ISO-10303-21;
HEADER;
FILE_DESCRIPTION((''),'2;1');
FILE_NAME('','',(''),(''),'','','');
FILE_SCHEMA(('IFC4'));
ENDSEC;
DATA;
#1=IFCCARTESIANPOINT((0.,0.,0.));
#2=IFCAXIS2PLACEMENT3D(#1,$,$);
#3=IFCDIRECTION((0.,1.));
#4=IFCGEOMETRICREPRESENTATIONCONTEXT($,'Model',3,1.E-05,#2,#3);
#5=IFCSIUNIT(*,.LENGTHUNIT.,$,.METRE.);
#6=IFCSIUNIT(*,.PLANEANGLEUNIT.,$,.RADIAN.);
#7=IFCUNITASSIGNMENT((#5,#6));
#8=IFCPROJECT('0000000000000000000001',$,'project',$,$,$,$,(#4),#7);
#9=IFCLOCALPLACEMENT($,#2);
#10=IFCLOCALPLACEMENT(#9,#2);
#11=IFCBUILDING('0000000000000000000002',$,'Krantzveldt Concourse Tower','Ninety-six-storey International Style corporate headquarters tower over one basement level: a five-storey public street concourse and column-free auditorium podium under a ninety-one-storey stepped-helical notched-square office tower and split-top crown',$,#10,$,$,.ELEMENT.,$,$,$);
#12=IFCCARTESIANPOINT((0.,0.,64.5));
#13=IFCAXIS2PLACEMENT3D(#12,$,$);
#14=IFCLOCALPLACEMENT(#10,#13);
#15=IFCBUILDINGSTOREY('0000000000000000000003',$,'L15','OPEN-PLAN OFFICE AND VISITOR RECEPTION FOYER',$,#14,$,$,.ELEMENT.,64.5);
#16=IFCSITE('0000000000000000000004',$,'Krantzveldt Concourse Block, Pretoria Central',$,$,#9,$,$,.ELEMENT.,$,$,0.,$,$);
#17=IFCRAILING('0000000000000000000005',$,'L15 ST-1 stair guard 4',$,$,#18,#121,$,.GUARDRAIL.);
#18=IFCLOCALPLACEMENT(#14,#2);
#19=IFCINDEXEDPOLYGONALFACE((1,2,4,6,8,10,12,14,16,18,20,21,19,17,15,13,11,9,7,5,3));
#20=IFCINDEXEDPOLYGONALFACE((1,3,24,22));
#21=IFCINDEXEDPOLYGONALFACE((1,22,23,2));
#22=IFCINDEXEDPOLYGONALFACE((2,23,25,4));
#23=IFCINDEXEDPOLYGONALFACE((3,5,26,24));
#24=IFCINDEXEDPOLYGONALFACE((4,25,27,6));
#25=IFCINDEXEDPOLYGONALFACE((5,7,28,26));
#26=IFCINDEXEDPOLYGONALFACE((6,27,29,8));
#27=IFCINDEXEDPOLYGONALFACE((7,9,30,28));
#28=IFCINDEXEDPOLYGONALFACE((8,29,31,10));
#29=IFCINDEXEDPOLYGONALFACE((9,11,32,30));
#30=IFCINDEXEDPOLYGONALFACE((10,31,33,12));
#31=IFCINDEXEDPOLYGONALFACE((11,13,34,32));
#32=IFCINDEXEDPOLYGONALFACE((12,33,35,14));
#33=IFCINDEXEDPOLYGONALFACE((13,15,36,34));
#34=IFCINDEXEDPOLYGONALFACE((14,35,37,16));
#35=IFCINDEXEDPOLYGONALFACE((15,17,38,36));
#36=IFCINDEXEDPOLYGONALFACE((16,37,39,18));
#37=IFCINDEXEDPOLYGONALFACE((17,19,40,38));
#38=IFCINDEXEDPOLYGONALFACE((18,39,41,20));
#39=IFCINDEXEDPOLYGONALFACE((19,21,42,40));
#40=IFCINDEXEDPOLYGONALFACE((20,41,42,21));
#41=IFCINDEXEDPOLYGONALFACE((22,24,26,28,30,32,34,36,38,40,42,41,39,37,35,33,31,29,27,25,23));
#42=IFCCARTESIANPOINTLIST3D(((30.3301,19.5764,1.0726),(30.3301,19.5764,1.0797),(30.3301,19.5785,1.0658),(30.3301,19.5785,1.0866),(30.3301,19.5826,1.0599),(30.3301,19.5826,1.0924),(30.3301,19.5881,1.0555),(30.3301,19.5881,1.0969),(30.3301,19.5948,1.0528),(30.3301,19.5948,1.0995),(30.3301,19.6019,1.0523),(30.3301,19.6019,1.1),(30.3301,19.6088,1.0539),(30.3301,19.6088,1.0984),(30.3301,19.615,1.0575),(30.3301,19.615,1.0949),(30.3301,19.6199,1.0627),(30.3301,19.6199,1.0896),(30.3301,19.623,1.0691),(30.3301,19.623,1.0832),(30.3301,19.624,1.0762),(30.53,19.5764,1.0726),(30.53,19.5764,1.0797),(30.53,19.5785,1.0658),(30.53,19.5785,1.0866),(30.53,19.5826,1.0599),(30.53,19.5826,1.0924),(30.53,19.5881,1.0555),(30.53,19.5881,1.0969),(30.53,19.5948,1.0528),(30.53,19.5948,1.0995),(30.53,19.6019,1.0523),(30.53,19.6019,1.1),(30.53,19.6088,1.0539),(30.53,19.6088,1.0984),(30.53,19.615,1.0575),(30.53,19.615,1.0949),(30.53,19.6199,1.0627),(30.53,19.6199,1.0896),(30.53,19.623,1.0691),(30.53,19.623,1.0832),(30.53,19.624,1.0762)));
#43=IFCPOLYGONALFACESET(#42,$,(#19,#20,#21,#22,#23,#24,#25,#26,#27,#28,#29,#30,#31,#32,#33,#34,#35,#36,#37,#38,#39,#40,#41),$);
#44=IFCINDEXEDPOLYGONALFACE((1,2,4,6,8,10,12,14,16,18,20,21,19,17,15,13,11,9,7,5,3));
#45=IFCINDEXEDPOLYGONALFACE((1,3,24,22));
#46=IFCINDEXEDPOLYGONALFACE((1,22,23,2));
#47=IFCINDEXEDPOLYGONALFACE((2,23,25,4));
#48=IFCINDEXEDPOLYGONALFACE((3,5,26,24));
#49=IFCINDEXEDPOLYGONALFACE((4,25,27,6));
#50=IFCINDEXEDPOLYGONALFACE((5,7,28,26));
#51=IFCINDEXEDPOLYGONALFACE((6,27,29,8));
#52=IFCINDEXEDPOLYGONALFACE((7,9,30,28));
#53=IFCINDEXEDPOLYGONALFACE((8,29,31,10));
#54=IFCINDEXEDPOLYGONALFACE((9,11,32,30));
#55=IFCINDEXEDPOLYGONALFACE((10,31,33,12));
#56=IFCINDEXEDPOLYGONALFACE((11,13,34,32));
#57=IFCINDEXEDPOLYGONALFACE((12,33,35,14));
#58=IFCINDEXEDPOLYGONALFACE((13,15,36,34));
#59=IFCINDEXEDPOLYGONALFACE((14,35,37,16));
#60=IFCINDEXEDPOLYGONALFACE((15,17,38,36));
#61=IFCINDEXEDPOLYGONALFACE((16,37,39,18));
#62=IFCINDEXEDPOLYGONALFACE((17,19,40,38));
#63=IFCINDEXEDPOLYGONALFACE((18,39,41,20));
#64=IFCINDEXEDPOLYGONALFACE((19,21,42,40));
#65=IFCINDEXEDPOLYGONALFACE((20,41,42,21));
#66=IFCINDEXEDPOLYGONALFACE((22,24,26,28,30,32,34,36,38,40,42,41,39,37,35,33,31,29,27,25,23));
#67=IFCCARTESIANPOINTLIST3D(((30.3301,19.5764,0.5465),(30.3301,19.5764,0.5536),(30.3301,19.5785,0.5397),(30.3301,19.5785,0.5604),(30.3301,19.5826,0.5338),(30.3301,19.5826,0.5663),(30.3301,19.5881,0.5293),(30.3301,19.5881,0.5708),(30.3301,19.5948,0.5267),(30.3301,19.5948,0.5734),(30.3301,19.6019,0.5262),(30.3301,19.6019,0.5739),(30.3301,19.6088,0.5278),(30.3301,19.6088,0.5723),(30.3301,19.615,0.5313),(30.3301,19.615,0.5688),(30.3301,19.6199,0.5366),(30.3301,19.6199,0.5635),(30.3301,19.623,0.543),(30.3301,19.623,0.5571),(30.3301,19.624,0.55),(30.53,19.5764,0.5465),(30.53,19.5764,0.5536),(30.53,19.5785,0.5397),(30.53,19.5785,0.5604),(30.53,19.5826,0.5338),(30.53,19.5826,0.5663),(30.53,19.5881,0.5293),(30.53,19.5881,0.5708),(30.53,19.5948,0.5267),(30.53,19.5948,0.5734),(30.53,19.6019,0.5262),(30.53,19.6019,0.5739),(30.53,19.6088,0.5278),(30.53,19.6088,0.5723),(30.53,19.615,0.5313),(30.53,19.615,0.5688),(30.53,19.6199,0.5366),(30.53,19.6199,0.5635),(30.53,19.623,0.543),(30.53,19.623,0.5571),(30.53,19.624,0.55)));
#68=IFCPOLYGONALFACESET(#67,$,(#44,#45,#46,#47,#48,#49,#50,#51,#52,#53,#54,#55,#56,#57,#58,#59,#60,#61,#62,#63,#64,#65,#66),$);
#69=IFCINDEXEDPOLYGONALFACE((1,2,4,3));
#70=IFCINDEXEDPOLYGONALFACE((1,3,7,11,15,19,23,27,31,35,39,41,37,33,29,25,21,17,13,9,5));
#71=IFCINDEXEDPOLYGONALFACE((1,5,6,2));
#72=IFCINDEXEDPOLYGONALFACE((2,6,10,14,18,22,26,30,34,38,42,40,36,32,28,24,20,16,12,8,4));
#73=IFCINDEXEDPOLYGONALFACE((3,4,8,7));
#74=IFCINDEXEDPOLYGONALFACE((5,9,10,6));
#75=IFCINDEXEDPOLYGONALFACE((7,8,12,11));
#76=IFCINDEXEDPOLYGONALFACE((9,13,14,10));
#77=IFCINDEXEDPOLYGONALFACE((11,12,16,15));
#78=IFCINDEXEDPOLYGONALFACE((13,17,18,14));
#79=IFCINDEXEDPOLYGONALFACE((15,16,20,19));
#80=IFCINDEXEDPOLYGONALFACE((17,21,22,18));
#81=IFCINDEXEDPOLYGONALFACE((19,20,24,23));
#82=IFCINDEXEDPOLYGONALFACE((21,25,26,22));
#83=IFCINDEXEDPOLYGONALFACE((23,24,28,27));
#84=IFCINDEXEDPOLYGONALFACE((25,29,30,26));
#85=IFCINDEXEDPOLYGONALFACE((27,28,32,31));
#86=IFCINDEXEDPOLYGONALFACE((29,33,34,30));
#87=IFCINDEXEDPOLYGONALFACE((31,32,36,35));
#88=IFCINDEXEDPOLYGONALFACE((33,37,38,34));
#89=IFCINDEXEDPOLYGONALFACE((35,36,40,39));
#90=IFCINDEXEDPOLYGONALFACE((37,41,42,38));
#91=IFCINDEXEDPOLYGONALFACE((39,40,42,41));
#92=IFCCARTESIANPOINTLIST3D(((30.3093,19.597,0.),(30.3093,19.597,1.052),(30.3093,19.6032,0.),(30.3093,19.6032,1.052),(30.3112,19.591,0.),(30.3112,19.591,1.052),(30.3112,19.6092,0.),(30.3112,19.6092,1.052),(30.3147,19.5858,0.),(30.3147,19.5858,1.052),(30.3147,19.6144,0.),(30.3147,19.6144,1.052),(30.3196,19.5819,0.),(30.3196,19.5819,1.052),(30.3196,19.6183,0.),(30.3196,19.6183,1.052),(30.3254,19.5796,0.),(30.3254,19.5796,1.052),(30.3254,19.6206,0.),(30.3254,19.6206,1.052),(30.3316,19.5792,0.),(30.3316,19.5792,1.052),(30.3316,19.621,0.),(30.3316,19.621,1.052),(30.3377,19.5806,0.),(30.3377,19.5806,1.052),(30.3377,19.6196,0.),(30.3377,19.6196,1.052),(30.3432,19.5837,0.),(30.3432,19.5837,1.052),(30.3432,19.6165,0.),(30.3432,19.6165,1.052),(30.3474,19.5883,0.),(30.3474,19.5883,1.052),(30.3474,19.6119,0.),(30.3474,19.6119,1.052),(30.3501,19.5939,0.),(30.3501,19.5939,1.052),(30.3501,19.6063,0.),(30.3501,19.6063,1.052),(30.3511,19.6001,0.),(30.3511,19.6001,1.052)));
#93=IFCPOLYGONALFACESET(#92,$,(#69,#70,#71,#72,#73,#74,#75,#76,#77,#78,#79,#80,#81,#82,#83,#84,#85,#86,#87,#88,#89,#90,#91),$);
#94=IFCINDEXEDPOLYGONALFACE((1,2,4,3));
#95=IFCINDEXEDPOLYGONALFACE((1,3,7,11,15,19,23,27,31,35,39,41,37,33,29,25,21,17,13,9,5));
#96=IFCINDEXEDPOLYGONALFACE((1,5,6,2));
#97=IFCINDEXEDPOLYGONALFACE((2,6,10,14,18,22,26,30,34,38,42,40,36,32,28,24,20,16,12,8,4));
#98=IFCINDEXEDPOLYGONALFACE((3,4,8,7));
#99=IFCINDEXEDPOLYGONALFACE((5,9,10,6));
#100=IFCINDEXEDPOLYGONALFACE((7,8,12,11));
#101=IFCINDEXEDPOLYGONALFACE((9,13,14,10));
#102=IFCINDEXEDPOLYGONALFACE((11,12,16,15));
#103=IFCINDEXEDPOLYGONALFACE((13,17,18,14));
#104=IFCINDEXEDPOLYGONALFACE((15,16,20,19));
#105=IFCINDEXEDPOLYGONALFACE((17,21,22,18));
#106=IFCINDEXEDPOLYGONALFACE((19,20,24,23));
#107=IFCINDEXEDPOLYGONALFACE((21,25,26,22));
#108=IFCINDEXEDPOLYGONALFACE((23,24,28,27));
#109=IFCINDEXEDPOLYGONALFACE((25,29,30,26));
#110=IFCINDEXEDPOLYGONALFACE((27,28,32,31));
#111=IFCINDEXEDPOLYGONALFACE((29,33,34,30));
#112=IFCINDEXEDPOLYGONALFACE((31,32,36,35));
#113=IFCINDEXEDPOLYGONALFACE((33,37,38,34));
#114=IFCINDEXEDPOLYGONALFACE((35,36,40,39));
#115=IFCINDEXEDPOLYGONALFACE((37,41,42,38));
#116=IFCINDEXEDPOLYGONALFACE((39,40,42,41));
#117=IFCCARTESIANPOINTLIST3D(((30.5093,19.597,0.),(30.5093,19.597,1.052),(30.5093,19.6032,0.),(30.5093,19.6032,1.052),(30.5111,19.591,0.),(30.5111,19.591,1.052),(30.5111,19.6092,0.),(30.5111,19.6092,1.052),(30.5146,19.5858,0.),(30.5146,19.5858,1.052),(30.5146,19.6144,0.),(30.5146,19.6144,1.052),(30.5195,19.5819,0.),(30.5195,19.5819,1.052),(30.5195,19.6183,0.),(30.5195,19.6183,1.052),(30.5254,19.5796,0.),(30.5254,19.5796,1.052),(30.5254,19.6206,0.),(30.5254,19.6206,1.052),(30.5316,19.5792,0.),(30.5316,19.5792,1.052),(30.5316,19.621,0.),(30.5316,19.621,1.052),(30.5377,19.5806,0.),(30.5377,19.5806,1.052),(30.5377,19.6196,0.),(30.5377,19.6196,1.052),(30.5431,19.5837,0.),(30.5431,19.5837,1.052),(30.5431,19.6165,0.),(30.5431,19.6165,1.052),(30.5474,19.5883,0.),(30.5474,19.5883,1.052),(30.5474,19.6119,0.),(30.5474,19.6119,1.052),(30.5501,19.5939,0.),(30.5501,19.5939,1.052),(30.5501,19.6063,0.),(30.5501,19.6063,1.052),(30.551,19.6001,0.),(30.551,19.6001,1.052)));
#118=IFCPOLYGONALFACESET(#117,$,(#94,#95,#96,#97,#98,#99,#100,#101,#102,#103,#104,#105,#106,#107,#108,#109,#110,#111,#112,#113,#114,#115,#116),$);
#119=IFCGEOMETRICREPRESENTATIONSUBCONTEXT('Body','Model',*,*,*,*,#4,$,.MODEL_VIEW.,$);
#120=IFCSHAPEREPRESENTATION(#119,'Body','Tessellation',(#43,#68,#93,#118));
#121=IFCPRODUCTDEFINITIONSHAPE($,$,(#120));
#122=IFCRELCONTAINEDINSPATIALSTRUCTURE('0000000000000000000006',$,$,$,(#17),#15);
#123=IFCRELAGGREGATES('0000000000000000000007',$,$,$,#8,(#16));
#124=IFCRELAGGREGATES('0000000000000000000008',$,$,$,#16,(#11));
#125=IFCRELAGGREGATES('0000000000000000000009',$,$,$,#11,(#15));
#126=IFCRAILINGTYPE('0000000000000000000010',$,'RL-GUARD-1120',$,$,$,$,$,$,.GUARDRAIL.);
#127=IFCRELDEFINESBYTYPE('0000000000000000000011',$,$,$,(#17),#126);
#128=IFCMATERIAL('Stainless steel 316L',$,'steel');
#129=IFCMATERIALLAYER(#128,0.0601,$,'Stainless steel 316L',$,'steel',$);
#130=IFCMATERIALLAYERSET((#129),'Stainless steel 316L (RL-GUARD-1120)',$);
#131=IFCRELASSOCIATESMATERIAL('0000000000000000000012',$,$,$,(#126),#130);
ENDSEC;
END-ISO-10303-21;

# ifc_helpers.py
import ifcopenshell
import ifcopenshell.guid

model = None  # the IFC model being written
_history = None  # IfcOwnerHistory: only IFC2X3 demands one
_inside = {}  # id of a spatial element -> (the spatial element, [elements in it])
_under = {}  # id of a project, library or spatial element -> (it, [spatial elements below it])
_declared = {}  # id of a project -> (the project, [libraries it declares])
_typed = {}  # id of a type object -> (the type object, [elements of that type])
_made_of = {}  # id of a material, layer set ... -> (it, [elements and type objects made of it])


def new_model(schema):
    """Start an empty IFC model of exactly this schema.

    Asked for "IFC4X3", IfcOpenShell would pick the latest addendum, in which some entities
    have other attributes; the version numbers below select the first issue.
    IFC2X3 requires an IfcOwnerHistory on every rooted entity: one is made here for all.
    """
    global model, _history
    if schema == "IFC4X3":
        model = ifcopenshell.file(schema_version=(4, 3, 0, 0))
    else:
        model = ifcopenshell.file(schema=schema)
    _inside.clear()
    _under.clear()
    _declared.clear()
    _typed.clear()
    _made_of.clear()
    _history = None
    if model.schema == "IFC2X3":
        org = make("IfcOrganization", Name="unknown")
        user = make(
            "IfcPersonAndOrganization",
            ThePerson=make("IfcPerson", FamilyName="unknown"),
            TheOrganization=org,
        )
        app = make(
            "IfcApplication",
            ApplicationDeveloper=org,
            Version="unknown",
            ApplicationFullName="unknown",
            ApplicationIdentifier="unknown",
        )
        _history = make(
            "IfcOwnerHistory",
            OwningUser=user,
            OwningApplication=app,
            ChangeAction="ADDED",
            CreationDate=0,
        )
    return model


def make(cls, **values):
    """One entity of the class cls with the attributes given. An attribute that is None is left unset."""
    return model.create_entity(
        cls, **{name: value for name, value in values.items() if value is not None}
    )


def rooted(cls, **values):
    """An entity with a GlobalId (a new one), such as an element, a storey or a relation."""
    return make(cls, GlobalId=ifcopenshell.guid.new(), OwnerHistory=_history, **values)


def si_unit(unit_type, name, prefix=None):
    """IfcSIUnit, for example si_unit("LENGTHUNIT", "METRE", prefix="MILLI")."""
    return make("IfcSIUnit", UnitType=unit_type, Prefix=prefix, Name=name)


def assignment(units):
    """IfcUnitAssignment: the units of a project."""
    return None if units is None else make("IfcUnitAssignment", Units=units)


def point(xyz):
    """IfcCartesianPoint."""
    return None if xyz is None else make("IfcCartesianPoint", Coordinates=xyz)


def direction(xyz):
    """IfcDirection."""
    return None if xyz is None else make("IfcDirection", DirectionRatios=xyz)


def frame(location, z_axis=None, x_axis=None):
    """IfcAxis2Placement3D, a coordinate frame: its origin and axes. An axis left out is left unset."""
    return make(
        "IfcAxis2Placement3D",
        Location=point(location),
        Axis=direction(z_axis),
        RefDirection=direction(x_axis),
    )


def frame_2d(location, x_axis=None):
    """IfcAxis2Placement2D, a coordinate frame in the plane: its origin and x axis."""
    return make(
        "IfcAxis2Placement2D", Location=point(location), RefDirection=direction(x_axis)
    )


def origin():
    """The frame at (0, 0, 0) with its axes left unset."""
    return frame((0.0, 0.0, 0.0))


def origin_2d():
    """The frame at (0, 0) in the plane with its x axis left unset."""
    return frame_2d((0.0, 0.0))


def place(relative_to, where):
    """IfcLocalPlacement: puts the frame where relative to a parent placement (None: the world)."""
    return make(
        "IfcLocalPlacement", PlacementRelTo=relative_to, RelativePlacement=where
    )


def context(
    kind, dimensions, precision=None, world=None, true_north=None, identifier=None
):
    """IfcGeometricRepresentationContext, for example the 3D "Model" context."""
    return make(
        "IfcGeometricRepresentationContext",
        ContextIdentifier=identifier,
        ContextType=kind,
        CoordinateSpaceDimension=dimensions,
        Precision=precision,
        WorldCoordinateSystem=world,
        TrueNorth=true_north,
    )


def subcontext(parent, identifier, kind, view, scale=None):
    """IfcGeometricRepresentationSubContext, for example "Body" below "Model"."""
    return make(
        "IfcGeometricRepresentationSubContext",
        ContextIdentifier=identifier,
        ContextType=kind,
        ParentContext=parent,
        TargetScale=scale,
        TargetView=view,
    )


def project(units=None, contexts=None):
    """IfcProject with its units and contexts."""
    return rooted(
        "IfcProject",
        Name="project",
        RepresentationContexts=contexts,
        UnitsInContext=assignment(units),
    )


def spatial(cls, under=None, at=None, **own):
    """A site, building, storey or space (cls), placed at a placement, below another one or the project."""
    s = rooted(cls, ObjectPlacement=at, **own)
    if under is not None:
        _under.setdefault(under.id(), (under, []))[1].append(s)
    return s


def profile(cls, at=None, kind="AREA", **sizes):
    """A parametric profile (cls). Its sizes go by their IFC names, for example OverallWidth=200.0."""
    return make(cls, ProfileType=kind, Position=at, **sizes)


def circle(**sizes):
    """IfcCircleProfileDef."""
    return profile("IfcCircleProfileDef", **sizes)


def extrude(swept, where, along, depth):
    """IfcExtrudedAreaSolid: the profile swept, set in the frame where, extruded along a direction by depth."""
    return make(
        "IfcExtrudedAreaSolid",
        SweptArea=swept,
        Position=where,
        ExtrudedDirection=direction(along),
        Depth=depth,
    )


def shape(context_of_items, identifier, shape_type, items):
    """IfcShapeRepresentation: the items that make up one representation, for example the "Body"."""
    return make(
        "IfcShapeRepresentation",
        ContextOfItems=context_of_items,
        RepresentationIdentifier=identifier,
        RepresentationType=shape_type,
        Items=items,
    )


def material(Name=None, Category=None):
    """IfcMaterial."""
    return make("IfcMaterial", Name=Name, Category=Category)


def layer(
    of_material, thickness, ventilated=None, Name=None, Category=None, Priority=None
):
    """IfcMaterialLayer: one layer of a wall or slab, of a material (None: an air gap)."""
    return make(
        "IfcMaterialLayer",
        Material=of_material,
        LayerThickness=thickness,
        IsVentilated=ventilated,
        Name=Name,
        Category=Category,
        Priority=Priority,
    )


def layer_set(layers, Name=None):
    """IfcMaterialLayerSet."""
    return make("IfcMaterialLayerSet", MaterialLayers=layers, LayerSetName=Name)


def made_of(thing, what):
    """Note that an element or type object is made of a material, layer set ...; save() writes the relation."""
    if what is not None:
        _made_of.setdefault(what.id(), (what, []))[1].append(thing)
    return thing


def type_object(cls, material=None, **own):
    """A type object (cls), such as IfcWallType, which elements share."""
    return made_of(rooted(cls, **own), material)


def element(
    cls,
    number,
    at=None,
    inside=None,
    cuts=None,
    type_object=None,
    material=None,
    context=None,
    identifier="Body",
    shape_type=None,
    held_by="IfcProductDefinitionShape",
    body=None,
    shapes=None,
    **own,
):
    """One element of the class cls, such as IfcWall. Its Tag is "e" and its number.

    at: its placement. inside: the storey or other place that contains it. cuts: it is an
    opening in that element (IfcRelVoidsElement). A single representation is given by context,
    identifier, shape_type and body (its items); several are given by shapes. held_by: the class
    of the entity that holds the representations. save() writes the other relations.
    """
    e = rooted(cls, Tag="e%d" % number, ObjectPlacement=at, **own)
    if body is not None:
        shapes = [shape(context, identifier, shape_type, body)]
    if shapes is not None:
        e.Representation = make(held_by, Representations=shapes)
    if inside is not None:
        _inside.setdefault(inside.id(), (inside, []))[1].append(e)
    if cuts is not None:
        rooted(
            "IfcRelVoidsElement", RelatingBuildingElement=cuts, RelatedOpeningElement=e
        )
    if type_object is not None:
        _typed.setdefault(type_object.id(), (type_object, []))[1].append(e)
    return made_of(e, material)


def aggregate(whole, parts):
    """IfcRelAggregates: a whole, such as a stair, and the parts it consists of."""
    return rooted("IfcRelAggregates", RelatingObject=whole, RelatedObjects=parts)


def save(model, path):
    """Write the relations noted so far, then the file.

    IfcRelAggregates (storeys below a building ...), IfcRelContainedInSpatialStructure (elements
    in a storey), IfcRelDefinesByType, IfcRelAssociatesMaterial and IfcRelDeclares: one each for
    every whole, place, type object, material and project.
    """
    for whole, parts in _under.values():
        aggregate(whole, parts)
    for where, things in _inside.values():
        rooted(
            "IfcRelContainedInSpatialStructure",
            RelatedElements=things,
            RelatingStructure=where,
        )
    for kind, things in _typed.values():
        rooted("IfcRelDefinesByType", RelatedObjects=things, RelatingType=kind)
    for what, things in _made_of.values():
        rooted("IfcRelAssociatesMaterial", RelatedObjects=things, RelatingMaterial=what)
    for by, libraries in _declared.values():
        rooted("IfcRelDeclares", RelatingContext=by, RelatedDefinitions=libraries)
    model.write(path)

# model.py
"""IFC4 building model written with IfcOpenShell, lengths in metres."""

from ifc_helpers import new_model, si_unit, direction, frame, origin, origin_2d, place, context, subcontext, project, spatial, circle, extrude, material, layer, layer_set, type_object, element, save


model = new_model("IFC4")

# Units and contexts
model_context = context("Model", 3, precision=1e-05, world=origin(), true_north=direction((0.0, 1.0)))
body_context = subcontext(model_context, "Body", "Model", "MODEL_VIEW")
ifc_project = project(units=[si_unit("LENGTHUNIT", "METRE"), si_unit("PLANEANGLEUNIT", "RADIAN")], contexts=[model_context])

# Site, building, storey
site_placement = place(None, origin())
site = spatial("IfcSite", under=ifc_project, at=site_placement, Name="Krantzveldt Concourse Block, Pretoria Central", CompositionType="ELEMENT", RefElevation=0.0)
building_placement = place(site_placement, origin())
building = spatial("IfcBuilding", under=site, at=building_placement, Name="Krantzveldt Concourse Tower", Description="Ninety-six-storey International Style corporate headquarters tower over one basement level: a five-storey public street concourse and column-free auditorium podium under a ninety-one-storey stepped-helical notched-square office tower and split-top crown", CompositionType="ELEMENT")
storey_placement = place(building_placement, frame((0.0, 0.0, 64.5)))
storey = spatial("IfcBuildingStorey", under=building, at=storey_placement, Name="L15", Description="OPEN-PLAN OFFICE AND VISITOR RECEPTION FOYER", CompositionType="ELEMENT", Elevation=64.5)

# Railing
ifc_material_1 = material(Name="Stainless steel 316L", Category="steel")
ifc_layer_1 = layer(ifc_material_1, 0.0601, Name="Stainless steel 316L", Category="steel")
ifc_layer_set_1 = layer_set([ifc_layer_1], Name="Stainless steel 316L (RL-GUARD-1120)")
railing_type_1 = type_object("IfcRailingType", Name="RL-GUARD-1120", PredefinedType="GUARDRAIL", material=ifc_layer_set_1)
railing_1_placement = place(storey_placement, frame((30.3301, 19.6001, 0.0)))
element("IfcRailing", 1, at=railing_1_placement, inside=storey, type_object=railing_type_1, Name="L15 ST-1 stair guard 4", PredefinedType="GUARDRAIL", context=body_context, shape_type="SweptSolid", body=[
    extrude(circle(Radius=0.0239, at=origin_2d()), frame((0.0, 0.0, 1.0762), z_axis=(1.0, 0.0, 0.0), x_axis=(0.0, 1.0, 0.0)), (0.0, 0.0, 1.0), 0.2),
    extrude(circle(Radius=0.0239, at=origin_2d()), frame((0.0, 0.0, 0.55), z_axis=(1.0, 0.0, 0.0), x_axis=(0.0, 1.0, 0.0)), (0.0, 0.0, 1.0), 0.2),
    extrude(circle(Radius=0.021, at=origin_2d()), origin(), (0.0, 0.0, 1.0), 1.052),
    extrude(circle(Radius=0.021, at=origin_2d()), frame((0.2, 0.0, 0.0)), (0.0, 0.0, 1.0), 1.052),
])

save(model, "model.ifc")
